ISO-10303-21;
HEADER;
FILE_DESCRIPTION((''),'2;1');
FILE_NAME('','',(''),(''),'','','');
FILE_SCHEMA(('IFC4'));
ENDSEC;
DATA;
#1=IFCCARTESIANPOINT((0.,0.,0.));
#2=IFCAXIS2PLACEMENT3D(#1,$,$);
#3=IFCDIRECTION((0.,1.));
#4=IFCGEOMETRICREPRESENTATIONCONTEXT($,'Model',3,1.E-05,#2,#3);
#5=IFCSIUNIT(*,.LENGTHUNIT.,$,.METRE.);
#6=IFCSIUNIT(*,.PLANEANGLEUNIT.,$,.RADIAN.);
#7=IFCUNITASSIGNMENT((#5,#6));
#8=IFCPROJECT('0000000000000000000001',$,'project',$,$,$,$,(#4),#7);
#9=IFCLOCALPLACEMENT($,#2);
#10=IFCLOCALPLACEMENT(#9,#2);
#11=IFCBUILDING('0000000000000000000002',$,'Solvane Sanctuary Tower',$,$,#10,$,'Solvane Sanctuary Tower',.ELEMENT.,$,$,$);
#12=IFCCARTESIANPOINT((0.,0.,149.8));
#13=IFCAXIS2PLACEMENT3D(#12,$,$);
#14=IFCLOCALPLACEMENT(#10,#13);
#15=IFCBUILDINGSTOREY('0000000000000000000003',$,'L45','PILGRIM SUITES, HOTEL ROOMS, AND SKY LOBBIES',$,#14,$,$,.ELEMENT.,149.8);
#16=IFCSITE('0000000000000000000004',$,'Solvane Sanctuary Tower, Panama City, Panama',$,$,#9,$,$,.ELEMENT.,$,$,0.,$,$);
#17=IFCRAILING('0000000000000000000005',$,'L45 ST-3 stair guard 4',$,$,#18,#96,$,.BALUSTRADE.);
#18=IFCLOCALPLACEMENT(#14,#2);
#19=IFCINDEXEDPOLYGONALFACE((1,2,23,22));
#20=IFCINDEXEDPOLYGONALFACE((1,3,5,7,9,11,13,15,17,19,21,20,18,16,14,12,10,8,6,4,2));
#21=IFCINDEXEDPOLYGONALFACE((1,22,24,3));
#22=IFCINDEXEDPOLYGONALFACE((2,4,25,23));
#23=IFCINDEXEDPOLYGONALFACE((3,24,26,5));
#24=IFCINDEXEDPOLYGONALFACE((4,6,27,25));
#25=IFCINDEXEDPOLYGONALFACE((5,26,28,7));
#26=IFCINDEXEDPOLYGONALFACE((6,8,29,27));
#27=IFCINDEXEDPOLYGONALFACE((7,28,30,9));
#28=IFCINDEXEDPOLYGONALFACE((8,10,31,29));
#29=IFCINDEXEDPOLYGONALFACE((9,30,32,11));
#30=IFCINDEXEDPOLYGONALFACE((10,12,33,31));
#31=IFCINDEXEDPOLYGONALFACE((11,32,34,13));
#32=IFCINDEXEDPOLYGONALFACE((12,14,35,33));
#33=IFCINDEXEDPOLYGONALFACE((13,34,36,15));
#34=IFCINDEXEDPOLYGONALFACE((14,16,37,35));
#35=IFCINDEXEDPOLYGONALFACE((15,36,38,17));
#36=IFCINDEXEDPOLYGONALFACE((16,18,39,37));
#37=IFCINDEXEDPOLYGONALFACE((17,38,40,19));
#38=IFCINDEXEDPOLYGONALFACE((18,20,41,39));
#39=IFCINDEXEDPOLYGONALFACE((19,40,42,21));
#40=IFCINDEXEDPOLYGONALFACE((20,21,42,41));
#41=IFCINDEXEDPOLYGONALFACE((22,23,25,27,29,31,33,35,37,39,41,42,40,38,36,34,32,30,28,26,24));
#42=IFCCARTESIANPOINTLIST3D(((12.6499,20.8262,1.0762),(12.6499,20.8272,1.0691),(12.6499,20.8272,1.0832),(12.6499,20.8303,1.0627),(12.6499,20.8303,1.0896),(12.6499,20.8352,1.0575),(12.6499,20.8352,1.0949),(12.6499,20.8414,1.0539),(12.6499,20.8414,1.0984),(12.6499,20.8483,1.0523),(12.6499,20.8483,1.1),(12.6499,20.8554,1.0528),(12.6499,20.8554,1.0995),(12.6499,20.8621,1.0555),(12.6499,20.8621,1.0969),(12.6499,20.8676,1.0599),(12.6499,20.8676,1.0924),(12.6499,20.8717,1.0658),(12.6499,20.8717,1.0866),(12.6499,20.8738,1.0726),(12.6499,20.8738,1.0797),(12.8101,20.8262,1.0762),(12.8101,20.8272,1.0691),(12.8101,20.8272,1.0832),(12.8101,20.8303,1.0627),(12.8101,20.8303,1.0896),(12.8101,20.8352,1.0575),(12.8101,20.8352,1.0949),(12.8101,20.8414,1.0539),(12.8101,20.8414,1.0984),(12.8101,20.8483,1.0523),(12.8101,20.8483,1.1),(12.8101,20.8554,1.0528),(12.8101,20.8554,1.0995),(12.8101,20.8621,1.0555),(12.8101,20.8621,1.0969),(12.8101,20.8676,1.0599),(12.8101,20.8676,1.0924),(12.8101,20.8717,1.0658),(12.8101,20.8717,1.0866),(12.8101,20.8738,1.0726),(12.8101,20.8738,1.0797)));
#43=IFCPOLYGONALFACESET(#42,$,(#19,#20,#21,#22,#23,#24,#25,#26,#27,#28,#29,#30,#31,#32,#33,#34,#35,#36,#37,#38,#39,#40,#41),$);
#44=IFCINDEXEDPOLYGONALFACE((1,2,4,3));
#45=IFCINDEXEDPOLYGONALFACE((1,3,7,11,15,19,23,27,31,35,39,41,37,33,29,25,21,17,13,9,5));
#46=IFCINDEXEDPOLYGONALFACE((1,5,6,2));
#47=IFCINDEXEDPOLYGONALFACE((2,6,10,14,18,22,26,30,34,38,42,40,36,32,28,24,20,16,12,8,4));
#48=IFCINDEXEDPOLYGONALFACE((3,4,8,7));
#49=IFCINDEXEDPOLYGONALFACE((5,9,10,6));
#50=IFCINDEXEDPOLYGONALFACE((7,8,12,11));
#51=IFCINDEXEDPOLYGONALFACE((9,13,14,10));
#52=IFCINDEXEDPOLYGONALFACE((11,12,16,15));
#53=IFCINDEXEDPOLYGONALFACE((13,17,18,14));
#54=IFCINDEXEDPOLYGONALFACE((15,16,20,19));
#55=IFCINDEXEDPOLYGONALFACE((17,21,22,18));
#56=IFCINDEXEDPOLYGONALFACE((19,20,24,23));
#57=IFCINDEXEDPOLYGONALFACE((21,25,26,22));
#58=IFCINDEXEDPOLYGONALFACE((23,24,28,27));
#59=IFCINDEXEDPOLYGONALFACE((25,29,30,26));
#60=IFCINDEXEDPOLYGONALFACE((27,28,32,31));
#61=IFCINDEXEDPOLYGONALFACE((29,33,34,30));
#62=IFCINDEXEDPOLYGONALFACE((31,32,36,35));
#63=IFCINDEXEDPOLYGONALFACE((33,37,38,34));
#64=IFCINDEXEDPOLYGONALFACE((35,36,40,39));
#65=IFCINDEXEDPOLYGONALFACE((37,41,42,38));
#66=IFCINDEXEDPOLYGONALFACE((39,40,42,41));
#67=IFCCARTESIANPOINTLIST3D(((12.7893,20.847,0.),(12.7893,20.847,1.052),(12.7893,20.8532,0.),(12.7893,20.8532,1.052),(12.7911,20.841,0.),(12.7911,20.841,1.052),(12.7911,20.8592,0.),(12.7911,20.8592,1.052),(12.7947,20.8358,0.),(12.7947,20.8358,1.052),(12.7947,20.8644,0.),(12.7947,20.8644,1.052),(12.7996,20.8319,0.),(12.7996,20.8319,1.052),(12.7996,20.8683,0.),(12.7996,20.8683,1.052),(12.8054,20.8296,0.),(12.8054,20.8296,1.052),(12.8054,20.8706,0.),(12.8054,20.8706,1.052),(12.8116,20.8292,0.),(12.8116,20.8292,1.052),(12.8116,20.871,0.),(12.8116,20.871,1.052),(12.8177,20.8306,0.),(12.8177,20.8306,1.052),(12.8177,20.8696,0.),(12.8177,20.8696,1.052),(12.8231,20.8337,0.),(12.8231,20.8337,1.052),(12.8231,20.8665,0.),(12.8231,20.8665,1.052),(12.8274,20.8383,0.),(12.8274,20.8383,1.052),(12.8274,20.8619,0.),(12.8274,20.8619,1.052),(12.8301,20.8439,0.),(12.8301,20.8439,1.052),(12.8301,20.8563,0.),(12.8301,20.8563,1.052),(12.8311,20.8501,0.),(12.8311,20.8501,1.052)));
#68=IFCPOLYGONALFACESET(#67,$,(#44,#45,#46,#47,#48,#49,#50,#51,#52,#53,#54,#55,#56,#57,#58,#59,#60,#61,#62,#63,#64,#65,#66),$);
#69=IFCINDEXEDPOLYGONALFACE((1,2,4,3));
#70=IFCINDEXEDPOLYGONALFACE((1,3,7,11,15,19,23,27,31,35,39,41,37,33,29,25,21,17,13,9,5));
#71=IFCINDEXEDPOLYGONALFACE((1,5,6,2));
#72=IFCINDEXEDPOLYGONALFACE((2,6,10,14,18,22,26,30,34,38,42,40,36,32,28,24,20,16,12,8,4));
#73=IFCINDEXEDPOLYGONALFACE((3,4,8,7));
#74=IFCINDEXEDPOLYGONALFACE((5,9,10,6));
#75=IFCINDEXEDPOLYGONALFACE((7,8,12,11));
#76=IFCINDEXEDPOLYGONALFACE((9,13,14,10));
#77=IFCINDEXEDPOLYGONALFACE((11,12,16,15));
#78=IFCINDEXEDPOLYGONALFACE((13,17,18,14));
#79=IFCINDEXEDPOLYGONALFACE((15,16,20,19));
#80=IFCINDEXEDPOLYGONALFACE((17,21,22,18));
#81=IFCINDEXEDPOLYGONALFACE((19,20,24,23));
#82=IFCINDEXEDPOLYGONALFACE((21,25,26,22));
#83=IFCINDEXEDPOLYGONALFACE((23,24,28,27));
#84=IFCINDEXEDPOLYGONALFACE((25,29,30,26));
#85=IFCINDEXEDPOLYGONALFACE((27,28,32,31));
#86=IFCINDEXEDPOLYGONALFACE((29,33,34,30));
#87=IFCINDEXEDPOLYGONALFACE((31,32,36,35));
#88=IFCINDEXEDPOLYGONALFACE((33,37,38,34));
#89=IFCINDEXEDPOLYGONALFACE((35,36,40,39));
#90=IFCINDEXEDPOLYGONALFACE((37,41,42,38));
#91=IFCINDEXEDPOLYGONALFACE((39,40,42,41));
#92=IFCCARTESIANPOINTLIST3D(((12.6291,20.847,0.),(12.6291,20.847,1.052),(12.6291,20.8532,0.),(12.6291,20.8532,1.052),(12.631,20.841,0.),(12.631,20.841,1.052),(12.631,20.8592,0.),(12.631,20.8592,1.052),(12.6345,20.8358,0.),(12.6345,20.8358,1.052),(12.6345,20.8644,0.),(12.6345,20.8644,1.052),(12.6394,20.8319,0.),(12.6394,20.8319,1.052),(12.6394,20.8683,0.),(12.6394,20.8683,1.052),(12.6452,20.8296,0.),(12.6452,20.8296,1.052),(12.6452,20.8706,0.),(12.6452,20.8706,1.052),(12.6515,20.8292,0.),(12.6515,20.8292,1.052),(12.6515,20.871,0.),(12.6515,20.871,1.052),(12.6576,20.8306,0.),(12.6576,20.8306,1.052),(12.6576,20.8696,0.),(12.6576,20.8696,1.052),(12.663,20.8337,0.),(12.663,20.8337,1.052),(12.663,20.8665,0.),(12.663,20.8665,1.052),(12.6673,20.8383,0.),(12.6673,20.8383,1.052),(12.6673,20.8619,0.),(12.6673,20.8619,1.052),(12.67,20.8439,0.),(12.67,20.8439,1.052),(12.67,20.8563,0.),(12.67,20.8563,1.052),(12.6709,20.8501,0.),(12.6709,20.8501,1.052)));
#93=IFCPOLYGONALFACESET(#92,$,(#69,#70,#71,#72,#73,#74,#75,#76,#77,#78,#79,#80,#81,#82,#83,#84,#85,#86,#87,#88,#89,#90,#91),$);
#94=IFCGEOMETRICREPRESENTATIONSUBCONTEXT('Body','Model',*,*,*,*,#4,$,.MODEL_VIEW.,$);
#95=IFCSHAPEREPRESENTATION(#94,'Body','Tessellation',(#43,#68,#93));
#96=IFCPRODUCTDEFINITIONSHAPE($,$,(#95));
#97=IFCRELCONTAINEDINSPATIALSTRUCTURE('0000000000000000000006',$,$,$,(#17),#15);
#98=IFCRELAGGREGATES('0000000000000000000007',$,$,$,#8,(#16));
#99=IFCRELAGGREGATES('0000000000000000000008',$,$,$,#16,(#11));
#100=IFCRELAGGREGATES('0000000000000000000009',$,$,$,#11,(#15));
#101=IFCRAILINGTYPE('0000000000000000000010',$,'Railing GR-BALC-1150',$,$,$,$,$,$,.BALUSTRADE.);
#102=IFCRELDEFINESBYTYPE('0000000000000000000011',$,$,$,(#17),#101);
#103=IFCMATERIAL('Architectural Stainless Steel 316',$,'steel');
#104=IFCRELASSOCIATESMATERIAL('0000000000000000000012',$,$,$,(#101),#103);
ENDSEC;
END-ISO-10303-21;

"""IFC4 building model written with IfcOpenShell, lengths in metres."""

from ifc_helpers import new_model, si_unit, direction, frame, origin, origin_2d, place, context, subcontext, project, spatial, circle, extrude, material, type_object, element, save


model = new_model("IFC4")

# Units and contexts
model_context = context("Model", 3, precision=1e-05, world=origin(), true_north=direction((0.0, 1.0)))
body_context = subcontext(model_context, "Body", "Model", "MODEL_VIEW")
ifc_project = project(units=[si_unit("LENGTHUNIT", "METRE"), si_unit("PLANEANGLEUNIT", "RADIAN")], contexts=[model_context])

# Site, building, storey
site_placement = place(None, origin())
site = spatial("IfcSite", under=ifc_project, at=site_placement, Name="Solvane Sanctuary Tower, Panama City, Panama", CompositionType="ELEMENT", RefElevation=0.0)
building_placement = place(site_placement, origin())
building = spatial("IfcBuilding", under=site, at=building_placement, Name="Solvane Sanctuary Tower", LongName="Solvane Sanctuary Tower", CompositionType="ELEMENT")
storey_placement = place(building_placement, frame((0.0, 0.0, 149.8)))
storey = spatial("IfcBuildingStorey", under=building, at=storey_placement, Name="L45", Description="PILGRIM SUITES, HOTEL ROOMS, AND SKY LOBBIES", CompositionType="ELEMENT", Elevation=149.8)

# Shared definitions
ifc_material_1 = material(Name="Architectural Stainless Steel 316", Category="steel")

# Railing
railing_type_1 = type_object("IfcRailingType", Name="Railing GR-BALC-1150", PredefinedType="BALUSTRADE", material=ifc_material_1)
railing_1_placement = place(storey_placement, frame((12.8101, 20.8501, 0.0)))
element("IfcRailing", 1, at=railing_1_placement, inside=storey, type_object=railing_type_1, Name="L45 ST-3 stair guard 4", PredefinedType="BALUSTRADE", context=body_context, shape_type="SweptSolid", body=[
    extrude(circle(Radius=0.0239, at=origin_2d()), frame((0.0, 0.0, 1.0762), z_axis=(-1.0, 0.0, 0.0), x_axis=(0.0, -1.0, 0.0)), (0.0, 0.0, 1.0), 0.1602),
    extrude(circle(Radius=0.021, at=origin_2d()), origin(), (0.0, 0.0, 1.0), 1.052),
    extrude(circle(Radius=0.021, at=origin_2d()), frame((-0.1602, 0.0, 0.0)), (0.0, 0.0, 1.0), 1.052),
])

save(model, "model.ifc")
